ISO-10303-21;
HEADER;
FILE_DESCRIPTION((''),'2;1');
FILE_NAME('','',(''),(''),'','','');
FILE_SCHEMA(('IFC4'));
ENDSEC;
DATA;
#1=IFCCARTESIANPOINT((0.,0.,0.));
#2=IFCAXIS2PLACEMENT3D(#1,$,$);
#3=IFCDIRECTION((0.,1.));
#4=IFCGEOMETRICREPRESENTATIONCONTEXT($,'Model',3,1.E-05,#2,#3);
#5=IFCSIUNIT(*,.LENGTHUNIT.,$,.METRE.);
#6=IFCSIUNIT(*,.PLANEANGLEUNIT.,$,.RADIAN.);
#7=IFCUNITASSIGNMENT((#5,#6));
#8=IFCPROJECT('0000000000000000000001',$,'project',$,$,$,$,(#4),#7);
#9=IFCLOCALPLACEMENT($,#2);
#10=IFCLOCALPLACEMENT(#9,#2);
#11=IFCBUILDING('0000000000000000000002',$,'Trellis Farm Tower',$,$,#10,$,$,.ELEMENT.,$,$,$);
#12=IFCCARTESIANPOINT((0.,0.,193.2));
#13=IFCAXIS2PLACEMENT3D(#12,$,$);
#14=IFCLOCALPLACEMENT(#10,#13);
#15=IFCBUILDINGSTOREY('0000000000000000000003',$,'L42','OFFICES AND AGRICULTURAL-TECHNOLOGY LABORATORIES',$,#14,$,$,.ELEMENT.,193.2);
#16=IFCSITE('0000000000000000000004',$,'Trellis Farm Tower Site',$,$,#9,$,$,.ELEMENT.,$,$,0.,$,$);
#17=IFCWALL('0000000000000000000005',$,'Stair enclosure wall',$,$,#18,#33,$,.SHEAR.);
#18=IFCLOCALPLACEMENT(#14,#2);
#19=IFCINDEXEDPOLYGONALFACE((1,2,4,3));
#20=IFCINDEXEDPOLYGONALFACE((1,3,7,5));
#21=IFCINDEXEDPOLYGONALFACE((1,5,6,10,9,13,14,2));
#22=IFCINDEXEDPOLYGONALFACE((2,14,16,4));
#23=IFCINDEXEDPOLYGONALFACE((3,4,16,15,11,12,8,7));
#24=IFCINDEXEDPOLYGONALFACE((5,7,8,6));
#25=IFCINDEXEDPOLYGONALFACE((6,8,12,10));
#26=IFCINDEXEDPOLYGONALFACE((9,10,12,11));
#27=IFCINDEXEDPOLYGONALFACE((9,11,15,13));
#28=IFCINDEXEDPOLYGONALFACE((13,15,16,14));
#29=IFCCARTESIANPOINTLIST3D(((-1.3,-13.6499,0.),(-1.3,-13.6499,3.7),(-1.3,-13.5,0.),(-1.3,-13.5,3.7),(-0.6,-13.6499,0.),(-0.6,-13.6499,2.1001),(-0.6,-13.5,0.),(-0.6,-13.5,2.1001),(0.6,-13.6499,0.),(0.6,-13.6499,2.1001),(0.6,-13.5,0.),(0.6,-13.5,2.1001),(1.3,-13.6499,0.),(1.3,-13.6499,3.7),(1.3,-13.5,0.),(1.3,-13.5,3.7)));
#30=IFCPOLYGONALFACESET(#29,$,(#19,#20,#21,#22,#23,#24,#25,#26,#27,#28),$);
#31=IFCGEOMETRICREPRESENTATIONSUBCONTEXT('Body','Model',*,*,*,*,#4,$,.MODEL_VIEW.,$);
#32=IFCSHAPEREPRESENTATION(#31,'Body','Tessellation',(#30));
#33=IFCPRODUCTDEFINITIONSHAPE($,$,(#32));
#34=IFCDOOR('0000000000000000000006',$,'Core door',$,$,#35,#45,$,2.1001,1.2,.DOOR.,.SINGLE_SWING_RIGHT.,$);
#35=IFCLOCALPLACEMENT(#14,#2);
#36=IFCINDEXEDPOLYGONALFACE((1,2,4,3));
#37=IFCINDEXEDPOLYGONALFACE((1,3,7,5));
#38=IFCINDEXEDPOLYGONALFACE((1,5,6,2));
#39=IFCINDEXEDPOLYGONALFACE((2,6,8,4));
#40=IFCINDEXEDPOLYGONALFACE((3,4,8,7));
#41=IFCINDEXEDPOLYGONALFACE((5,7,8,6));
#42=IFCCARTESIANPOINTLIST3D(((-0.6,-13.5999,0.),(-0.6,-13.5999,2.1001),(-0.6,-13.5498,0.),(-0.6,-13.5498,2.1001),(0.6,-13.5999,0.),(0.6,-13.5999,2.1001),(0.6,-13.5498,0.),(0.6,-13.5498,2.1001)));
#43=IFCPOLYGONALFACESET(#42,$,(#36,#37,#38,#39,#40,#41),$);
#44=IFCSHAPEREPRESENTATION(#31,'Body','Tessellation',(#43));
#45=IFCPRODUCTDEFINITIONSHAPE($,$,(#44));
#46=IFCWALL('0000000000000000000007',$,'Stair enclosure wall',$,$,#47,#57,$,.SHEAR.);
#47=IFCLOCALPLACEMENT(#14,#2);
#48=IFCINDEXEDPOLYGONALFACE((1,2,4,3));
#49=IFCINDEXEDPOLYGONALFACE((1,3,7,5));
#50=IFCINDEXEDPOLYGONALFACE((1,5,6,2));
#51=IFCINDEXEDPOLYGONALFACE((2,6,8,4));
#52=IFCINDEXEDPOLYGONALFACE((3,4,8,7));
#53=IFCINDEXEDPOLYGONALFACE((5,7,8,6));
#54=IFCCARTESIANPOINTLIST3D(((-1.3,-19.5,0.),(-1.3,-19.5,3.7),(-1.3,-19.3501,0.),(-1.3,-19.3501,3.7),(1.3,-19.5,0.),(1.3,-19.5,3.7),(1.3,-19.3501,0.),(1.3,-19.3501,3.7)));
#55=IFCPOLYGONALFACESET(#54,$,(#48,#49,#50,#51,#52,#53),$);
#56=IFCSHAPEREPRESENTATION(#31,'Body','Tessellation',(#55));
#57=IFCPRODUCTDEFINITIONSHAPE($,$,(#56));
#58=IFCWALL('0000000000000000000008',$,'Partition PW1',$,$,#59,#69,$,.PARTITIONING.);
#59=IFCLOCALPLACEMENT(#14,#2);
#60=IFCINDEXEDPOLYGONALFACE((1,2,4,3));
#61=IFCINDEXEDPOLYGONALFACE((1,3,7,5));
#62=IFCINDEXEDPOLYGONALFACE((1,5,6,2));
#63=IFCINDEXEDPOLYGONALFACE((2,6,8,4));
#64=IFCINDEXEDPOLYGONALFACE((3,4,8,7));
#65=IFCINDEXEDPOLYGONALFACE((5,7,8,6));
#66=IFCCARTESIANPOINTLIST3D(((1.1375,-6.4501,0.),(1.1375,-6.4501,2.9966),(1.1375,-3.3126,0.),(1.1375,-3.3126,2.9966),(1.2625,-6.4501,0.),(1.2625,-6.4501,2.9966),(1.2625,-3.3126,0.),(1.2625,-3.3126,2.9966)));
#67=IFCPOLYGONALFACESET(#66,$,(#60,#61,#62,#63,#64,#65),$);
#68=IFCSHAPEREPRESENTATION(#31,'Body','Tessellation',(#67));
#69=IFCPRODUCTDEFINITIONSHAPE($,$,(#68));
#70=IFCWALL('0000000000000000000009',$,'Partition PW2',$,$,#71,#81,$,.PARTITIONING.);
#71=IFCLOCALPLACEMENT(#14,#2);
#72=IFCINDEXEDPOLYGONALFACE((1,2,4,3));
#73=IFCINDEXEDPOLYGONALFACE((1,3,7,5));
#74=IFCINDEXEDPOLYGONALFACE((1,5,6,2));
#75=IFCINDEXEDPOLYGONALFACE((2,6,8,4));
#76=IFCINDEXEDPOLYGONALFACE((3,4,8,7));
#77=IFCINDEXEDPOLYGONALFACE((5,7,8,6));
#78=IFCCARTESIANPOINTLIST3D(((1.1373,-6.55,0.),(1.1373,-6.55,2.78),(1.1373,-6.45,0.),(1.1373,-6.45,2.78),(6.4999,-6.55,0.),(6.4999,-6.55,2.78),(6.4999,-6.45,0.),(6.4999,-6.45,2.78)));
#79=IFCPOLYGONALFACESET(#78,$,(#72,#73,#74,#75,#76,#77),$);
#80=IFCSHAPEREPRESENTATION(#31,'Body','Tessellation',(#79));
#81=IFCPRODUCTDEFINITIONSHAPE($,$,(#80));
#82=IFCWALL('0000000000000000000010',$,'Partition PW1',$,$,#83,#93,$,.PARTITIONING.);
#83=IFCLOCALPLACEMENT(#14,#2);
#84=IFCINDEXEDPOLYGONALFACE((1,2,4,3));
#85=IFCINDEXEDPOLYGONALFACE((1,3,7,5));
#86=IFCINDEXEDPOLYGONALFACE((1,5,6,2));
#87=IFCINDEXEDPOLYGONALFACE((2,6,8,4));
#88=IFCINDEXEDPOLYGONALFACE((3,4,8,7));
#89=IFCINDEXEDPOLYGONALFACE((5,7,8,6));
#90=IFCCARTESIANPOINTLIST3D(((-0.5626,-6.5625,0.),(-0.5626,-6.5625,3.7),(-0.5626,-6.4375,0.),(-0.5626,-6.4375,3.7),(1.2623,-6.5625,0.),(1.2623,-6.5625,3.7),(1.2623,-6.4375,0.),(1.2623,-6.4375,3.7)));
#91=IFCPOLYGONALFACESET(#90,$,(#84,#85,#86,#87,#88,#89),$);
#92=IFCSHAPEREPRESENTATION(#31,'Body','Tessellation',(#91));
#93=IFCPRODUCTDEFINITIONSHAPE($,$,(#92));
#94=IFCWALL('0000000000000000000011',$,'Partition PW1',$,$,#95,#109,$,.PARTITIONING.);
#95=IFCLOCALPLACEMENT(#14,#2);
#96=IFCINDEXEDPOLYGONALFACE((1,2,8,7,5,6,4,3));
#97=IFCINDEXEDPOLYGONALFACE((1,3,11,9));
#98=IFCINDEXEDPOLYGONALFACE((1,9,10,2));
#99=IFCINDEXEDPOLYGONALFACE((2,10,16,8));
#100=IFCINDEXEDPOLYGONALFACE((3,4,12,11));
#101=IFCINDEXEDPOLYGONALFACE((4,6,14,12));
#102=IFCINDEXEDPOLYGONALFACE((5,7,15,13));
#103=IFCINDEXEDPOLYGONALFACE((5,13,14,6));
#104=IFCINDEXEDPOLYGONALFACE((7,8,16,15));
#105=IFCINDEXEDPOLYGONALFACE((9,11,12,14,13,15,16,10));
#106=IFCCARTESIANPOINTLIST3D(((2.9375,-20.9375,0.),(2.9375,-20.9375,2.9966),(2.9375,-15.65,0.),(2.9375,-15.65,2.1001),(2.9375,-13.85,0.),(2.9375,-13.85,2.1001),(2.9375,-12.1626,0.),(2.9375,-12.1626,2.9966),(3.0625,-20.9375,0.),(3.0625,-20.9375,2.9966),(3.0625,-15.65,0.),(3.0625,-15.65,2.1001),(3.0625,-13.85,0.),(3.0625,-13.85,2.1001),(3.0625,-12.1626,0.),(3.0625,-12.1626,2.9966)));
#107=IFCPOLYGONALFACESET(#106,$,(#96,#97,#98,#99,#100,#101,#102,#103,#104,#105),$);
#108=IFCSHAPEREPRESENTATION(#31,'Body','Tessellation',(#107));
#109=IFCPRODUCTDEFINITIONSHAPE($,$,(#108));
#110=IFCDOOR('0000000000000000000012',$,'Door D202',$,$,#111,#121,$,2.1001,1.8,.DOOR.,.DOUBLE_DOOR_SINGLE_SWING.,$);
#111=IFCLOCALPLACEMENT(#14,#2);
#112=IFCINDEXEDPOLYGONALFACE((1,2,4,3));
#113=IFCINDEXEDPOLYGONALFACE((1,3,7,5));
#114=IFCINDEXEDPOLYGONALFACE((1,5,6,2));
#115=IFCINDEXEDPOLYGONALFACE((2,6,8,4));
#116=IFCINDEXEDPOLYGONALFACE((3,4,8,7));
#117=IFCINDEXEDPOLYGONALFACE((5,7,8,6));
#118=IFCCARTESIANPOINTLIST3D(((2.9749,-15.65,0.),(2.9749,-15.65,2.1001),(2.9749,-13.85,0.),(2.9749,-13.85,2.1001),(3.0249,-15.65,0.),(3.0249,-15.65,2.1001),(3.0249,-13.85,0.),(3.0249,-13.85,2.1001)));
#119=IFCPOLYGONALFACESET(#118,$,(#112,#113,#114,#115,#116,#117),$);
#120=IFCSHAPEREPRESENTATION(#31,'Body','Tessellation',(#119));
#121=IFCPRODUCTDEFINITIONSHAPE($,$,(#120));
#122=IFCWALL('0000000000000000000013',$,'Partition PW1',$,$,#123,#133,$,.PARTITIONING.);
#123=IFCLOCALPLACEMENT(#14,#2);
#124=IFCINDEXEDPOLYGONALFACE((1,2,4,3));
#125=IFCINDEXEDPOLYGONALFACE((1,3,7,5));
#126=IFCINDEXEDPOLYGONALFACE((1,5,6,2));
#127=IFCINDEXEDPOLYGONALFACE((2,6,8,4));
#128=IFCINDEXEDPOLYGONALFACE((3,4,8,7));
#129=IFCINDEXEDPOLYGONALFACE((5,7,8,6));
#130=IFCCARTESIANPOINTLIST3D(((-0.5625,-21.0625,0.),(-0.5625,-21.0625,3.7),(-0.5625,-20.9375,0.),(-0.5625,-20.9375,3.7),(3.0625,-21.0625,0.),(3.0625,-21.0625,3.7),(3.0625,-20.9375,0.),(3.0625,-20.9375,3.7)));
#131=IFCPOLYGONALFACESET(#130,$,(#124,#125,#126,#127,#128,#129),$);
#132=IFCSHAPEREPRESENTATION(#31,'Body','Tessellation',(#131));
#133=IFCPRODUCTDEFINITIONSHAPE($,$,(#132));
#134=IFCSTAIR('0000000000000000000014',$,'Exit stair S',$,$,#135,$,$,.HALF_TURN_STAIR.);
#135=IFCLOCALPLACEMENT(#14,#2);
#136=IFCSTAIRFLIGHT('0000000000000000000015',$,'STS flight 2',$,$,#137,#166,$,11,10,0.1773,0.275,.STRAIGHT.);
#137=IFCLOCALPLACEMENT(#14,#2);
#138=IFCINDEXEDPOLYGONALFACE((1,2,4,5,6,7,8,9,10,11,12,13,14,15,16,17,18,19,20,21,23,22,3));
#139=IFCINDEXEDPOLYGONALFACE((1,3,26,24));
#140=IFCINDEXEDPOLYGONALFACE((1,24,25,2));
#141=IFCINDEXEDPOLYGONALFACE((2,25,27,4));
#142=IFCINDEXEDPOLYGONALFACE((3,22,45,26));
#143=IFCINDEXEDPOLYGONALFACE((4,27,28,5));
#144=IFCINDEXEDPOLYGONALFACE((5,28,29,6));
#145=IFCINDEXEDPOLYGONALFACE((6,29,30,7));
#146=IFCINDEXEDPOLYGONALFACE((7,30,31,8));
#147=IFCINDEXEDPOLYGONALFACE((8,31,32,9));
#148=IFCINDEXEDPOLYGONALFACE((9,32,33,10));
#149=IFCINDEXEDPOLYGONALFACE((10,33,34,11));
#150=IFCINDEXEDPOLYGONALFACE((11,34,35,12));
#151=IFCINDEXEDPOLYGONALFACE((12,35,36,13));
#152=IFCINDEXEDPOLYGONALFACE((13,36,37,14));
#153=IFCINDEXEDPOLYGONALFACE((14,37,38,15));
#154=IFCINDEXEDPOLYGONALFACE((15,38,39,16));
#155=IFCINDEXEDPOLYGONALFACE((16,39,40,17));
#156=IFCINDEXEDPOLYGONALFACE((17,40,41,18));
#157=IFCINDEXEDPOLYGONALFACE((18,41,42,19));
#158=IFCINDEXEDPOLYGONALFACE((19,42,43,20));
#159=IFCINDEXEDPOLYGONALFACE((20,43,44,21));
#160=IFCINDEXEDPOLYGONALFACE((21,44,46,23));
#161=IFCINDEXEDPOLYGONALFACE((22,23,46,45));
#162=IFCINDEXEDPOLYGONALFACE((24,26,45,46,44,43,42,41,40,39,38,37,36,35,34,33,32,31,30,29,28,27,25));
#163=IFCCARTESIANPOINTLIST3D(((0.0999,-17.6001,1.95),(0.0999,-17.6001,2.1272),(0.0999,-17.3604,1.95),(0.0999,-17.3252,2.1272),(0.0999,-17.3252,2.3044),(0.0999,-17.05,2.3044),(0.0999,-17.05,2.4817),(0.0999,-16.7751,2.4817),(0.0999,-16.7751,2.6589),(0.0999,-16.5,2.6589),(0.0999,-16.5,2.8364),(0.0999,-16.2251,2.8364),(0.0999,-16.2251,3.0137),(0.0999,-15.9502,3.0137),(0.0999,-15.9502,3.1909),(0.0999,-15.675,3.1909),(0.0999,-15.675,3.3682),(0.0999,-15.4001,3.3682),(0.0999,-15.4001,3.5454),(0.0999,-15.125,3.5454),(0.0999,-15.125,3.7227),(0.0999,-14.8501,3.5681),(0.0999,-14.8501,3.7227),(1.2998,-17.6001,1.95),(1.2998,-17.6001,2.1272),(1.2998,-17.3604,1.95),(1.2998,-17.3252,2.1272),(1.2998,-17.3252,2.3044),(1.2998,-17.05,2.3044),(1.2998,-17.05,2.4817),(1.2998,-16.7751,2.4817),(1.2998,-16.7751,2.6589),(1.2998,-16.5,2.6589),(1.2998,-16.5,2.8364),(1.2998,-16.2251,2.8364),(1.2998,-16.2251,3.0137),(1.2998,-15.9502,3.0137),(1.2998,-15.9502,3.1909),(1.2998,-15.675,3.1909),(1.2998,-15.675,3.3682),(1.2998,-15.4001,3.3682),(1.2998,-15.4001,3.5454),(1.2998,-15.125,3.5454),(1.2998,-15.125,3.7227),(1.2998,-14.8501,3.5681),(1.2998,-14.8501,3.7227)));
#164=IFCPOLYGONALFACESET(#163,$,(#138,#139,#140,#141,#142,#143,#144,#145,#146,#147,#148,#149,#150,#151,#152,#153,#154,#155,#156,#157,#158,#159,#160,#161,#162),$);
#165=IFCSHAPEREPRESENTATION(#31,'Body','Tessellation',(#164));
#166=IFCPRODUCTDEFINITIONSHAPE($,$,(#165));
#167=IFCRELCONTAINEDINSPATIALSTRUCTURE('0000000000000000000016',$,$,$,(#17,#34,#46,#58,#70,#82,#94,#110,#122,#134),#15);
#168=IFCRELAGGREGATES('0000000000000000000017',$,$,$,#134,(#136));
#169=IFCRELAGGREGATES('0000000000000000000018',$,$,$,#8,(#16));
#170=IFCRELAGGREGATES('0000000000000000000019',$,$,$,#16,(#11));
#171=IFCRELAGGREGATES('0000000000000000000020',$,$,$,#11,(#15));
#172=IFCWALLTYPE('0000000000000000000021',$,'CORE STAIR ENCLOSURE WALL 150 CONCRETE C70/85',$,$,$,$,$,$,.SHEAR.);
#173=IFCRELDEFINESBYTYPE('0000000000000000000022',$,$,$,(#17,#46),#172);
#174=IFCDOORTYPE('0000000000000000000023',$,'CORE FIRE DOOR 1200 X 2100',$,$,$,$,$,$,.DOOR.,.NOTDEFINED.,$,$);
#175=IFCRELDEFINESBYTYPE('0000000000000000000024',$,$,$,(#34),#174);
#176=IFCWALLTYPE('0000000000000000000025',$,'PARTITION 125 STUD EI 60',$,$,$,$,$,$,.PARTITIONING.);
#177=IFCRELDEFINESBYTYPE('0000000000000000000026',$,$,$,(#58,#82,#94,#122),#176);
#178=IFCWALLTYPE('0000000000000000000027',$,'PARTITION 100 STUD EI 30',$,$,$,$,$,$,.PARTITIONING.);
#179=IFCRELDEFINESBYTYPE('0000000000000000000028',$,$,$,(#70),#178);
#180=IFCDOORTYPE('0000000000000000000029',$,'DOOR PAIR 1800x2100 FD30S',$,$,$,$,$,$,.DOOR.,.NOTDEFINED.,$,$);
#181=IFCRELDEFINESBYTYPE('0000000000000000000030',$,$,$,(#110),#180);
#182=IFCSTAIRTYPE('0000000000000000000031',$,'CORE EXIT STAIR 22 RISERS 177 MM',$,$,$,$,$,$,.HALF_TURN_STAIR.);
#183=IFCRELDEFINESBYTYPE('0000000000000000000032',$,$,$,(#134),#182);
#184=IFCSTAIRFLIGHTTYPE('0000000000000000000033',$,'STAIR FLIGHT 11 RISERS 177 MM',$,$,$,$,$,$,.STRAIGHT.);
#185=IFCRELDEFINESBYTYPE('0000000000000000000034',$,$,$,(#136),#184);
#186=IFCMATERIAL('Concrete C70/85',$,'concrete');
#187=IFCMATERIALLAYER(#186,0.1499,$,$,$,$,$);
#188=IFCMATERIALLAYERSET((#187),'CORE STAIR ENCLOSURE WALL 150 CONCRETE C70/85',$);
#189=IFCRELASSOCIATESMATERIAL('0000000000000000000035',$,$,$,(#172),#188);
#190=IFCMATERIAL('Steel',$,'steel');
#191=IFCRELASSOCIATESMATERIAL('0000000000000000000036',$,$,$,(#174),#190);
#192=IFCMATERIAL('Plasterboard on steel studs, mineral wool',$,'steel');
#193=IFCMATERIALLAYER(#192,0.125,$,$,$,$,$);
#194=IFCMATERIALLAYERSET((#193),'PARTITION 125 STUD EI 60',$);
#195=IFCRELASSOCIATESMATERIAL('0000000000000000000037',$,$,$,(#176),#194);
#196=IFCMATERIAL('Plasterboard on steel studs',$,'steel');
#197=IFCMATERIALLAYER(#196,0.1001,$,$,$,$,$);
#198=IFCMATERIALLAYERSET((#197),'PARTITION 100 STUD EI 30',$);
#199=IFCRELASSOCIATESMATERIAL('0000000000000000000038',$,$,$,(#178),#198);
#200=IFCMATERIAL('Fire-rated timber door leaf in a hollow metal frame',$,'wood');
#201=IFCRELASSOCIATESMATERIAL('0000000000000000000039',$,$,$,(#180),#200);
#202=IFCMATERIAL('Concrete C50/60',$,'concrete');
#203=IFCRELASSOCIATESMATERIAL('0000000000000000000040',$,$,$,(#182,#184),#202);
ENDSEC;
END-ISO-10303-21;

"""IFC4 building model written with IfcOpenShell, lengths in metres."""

from ifc_helpers import new_model, si_unit, direction, frame, frame_2d, origin, place, context, subcontext, project, spatial, polyline, rectangle, outline, extrude, source, transform, mapped, material, layer, layer_set, type_object, element, fill, aggregate, save


model = new_model("IFC4")

# Units and contexts
model_context = context("Model", 3, precision=1e-05, world=origin(), true_north=direction((0.0, 1.0)))
body_context = subcontext(model_context, "Body", "Model", "MODEL_VIEW")
ifc_project = project(units=[si_unit("LENGTHUNIT", "METRE"), si_unit("PLANEANGLEUNIT", "RADIAN")], contexts=[model_context])

# Site, building, storey
site_placement = place(None, origin())
site = spatial("IfcSite", under=ifc_project, at=site_placement, Name="Trellis Farm Tower Site", CompositionType="ELEMENT", RefElevation=0.0)
building_placement = place(site_placement, origin())
building = spatial("IfcBuilding", under=site, at=building_placement, Name="Trellis Farm Tower", CompositionType="ELEMENT")
storey_placement = place(building_placement, frame((0.0, 0.0, 193.2)))
storey = spatial("IfcBuildingStorey", under=building, at=storey_placement, Name="L42", Description="OFFICES AND AGRICULTURAL-TECHNOLOGY LABORATORIES", CompositionType="ELEMENT", Elevation=193.2)

# Shared definitions
ifc_material_1 = material(Name="Concrete C70/85", Category="concrete")

# Shared definitions
placement_1 = place(storey_placement, origin())

# Wall, opening, door
ifc_layer_1 = layer(ifc_material_1, 0.1499)
ifc_layer_set_1 = layer_set([ifc_layer_1], Name="CORE STAIR ENCLOSURE WALL 150 CONCRETE C70/85")
wall_type_1 = type_object("IfcWallType", Name="CORE STAIR ENCLOSURE WALL 150 CONCRETE C70/85", PredefinedType="SHEAR", material=ifc_layer_set_1)
shared_shape_1 = source(origin(), body_context, "Body", "SweptSolid", [
    extrude(rectangle(XDim=2.6001, YDim=0.1499, at=frame_2d((1.3, 0.0))), origin(), (0.0, 0.0, 1.0), 3.7),
])
wall_1_placement = place(storey_placement, frame((1.3, -13.575, 0.0), z_axis=(0.0, 0.0, 1.0), x_axis=(-1.0, 0.0, 0.0)))
wall_1 = element("IfcWall", 1, at=wall_1_placement, inside=storey, type_object=wall_type_1, Name="Stair enclosure wall", PredefinedType="SHEAR", context=body_context, shape_type="MappedRepresentation", body=[
    mapped(shared_shape_1, transform((0.0, 0.0, 0.0))),
])
shared_shape_2 = source(origin(), body_context, "Body", "SweptSolid", [
    extrude(rectangle(XDim=1.2, YDim=2.1001, at=frame_2d((0.6001, 1.05))), frame((0.0, 0.085, 0.0), z_axis=(0.0, -1.0, 0.0), x_axis=(1.0, 0.0, 0.0)), (0.0, 0.0, 1.0), 0.1699),
])
opening_1_placement = place(wall_1_placement, frame((0.7, 0.0, 0.0)))
opening_1 = element("IfcOpeningElement", 2, at=opening_1_placement, cuts=wall_1, PredefinedType="OPENING", context=body_context, shape_type="MappedRepresentation", body=[
    mapped(shared_shape_2, transform((0.0, 0.0, 0.0))),
])
ifc_material_2 = material(Name="Steel", Category="steel")
door_type_1 = type_object("IfcDoorType", Name="CORE FIRE DOOR 1200 X 2100", OperationType="NOTDEFINED", PredefinedType="DOOR", material=ifc_material_2)
shared_shape_3 = source(origin(), body_context, "Body", "SweptSolid", [
    extrude(rectangle(XDim=1.2, YDim=2.1001, at=frame_2d((0.6001, 1.05))), frame((0.0, 0.0249, 0.0), z_axis=(0.0, -1.0, 0.0), x_axis=(1.0, 0.0, 0.0)), (0.0, 0.0, 1.0), 0.05),
])
door_1_placement = place(opening_1_placement, origin())
door_1 = element("IfcDoor", 3, at=door_1_placement, inside=storey, type_object=door_type_1, Name="Core door", OperationType="SINGLE_SWING_RIGHT", OverallHeight=2.1001, OverallWidth=1.2, PredefinedType="DOOR", context=body_context, shape_type="MappedRepresentation", body=[
    mapped(shared_shape_3, transform((0.0, 0.0, 0.0))),
])
fill(opening_1, door_1)

# Walls
wall_2_placement = place(storey_placement, frame((1.3, -19.425, 0.0), z_axis=(0.0, 0.0, 1.0), x_axis=(-1.0, 0.0, 0.0)))
element("IfcWall", 4, at=wall_2_placement, inside=storey, type_object=wall_type_1, Name="Stair enclosure wall", PredefinedType="SHEAR", context=body_context, shape_type="MappedRepresentation", body=[
    mapped(shared_shape_1, transform((0.0, 0.0, 0.0))),
])
ifc_material_3 = material(Name="Plasterboard on steel studs, mineral wool", Category="steel")
ifc_layer_2 = layer(ifc_material_3, 0.125)
ifc_layer_set_2 = layer_set([ifc_layer_2], Name="PARTITION 125 STUD EI 60")
wall_type_2 = type_object("IfcWallType", Name="PARTITION 125 STUD EI 60", PredefinedType="PARTITIONING", material=ifc_layer_set_2)
shared_shape_4 = source(origin(), body_context, "Body", "SweptSolid", [
    extrude(rectangle(XDim=3.1375, YDim=0.125, at=frame_2d((1.5688, 0.0))), origin(), (0.0, 0.0, 1.0), 2.9966),
])
wall_3_placement = place(storey_placement, frame((1.2, -3.3125, 0.0), z_axis=(0.0, 0.0, 1.0), x_axis=(0.0, -1.0, 0.0)))
element("IfcWall", 5, at=wall_3_placement, inside=storey, type_object=wall_type_2, Name="Partition PW1", PredefinedType="PARTITIONING", context=body_context, shape_type="MappedRepresentation", body=[
    mapped(shared_shape_4, transform((0.0, 0.0, 0.0))),
])
ifc_material_4 = material(Name="Plasterboard on steel studs", Category="steel")
ifc_layer_3 = layer(ifc_material_4, 0.1001)
ifc_layer_set_3 = layer_set([ifc_layer_3], Name="PARTITION 100 STUD EI 30")
wall_type_3 = type_object("IfcWallType", Name="PARTITION 100 STUD EI 30", PredefinedType="PARTITIONING", material=ifc_layer_set_3)
shared_shape_5 = source(origin(), body_context, "Body", "SweptSolid", [
    extrude(rectangle(XDim=5.3625, YDim=0.1001, at=frame_2d((2.6812, 0.0))), origin(), (0.0, 0.0, 1.0), 2.78),
])
wall_4_placement = place(storey_placement, frame((1.1375, -6.5, 0.0), z_axis=(0.0, 0.0, 1.0), x_axis=(1.0, 0.0, 0.0)))
element("IfcWall", 6, at=wall_4_placement, inside=storey, type_object=wall_type_3, Name="Partition PW2", PredefinedType="PARTITIONING", context=body_context, shape_type="MappedRepresentation", body=[
    mapped(shared_shape_5, transform((0.0, 0.0, 0.0))),
])
shared_shape_6 = source(origin(), body_context, "Body", "SweptSolid", [
    extrude(rectangle(XDim=1.825, YDim=0.125, at=frame_2d((0.9126, 0.0))), origin(), (0.0, 0.0, 1.0), 3.7),
])
wall_5_placement = place(storey_placement, frame((1.2625, -6.5, 0.0), z_axis=(0.0, 0.0, 1.0), x_axis=(-1.0, 0.0, 0.0)))
element("IfcWall", 7, at=wall_5_placement, inside=storey, type_object=wall_type_2, Name="Partition PW1", PredefinedType="PARTITIONING", context=body_context, shape_type="MappedRepresentation", body=[
    mapped(shared_shape_6, transform((0.0, 0.0, 0.0))),
])

# Wall, opening, door
shared_shape_7 = source(origin(), body_context, "Body", "SweptSolid", [
    extrude(rectangle(XDim=8.7749, YDim=0.125, at=frame_2d((4.3875, 0.0))), origin(), (0.0, 0.0, 1.0), 2.9966),
])
wall_6_placement = place(storey_placement, frame((3.0, -12.1626, 0.0), z_axis=(0.0, 0.0, 1.0), x_axis=(0.0, -1.0, 0.0)))
wall_6 = element("IfcWall", 8, at=wall_6_placement, inside=storey, type_object=wall_type_2, Name="Partition PW1", PredefinedType="PARTITIONING", context=body_context, shape_type="MappedRepresentation", body=[
    mapped(shared_shape_7, transform((0.0, 0.0, 0.0))),
])
shared_shape_8 = source(origin(), body_context, "Body", "SweptSolid", [
    extrude(rectangle(XDim=1.8, YDim=2.1001, at=frame_2d((0.8999, 1.05))), frame((0.0, 0.0725, 0.0), z_axis=(0.0, -1.0, 0.0), x_axis=(1.0, 0.0, 0.0)), (0.0, 0.0, 1.0), 0.145),
])
opening_2_placement = place(wall_6_placement, frame((1.6875, 0.0, 0.0)))
opening_2 = element("IfcOpeningElement", 9, at=opening_2_placement, cuts=wall_6, PredefinedType="OPENING", context=body_context, shape_type="MappedRepresentation", body=[
    mapped(shared_shape_8, transform((0.0, 0.0, 0.0))),
])
ifc_material_5 = material(Name="Fire-rated timber door leaf in a hollow metal frame", Category="wood")
door_type_2 = type_object("IfcDoorType", Name="DOOR PAIR 1800x2100 FD30S", OperationType="NOTDEFINED", PredefinedType="DOOR", material=ifc_material_5)
shared_shape_9 = source(origin(), body_context, "Body", "SweptSolid", [
    extrude(rectangle(XDim=1.8, YDim=2.1001, at=frame_2d((0.8999, 1.05))), frame((0.0, 0.0249, 0.0), z_axis=(0.0, -1.0, 0.0), x_axis=(1.0, 0.0, 0.0)), (0.0, 0.0, 1.0), 0.05),
])
door_2_placement = place(opening_2_placement, origin())
door_2 = element("IfcDoor", 10, at=door_2_placement, inside=storey, type_object=door_type_2, Name="Door D202", OperationType="DOUBLE_DOOR_SINGLE_SWING", OverallHeight=2.1001, OverallWidth=1.8, PredefinedType="DOOR", context=body_context, shape_type="MappedRepresentation", body=[
    mapped(shared_shape_9, transform((0.0, 0.0, 0.0))),
])
fill(opening_2, door_2)

# Wall
shared_shape_10 = source(origin(), body_context, "Body", "SweptSolid", [
    extrude(rectangle(XDim=3.625, YDim=0.125, at=frame_2d((1.8125, 0.0))), origin(), (0.0, 0.0, 1.0), 3.7),
])
wall_7_placement = place(storey_placement, frame((3.0625, -21.0, 0.0), z_axis=(0.0, 0.0, 1.0), x_axis=(-1.0, 0.0, 0.0)))
element("IfcWall", 11, at=wall_7_placement, inside=storey, type_object=wall_type_2, Name="Partition PW1", PredefinedType="PARTITIONING", context=body_context, shape_type="MappedRepresentation", body=[
    mapped(shared_shape_10, transform((0.0, 0.0, 0.0))),
])

# Stair, stair flight
ifc_material_6 = material(Name="Concrete C50/60", Category="concrete")
stair_type = type_object("IfcStairType", Name="CORE EXIT STAIR 22 RISERS 177 MM", PredefinedType="HALF_TURN_STAIR", material=ifc_material_6)
stair = element("IfcStair", 12, at=placement_1, inside=storey, type_object=stair_type, Name="Exit stair S", PredefinedType="HALF_TURN_STAIR")
stair_flight_type = type_object("IfcStairFlightType", Name="STAIR FLIGHT 11 RISERS 177 MM", PredefinedType="STRAIGHT", material=ifc_material_6)
shared_shape_11 = source(origin(), body_context, "Body", "SweptSolid", [
    extrude(outline(polyline([(0.0, 0.0), (0.0, 0.1772), (0.2749, 0.1772), (0.2749, 0.3545), (0.55, 0.3545), (0.55, 0.5317), (0.825, 0.5317), (0.825, 0.709), (1.1001, 0.709), (1.1001, 0.8865), (1.375, 0.8865), (1.375, 1.0637), (1.6499, 1.0637), (1.6499, 1.241), (1.925, 1.241), (1.925, 1.4182), (2.2, 1.4182), (2.2, 1.5955), (2.4751, 1.5955), (2.4751, 1.7727), (2.75, 1.7727), (2.75, 1.95), (2.75, 1.6182), (0.2397, 0.0), (0.0, 0.0)])), frame((0.0, 0.6001, 0.0), z_axis=(0.0, -1.0, 0.0), x_axis=(1.0, 0.0, 0.0)), (0.0, 0.0, 1.0), 1.2),
])
stair_flight_placement = place(storey_placement, frame((0.7, -17.6001, 1.95), z_axis=(0.0, 0.0, 1.0), x_axis=(0.0, 1.0, 0.0)))
stair_flight = element("IfcStairFlight", 13, at=stair_flight_placement, type_object=stair_flight_type, Name="STS flight 2", NumberOfRisers=11, NumberOfTreads=10, PredefinedType="STRAIGHT", RiserHeight=0.1773, TreadLength=0.275, context=body_context, shape_type="MappedRepresentation", body=[
    mapped(shared_shape_11, transform((0.0, 0.0, 0.0))),
])
aggregate(stair, [stair_flight])

save(model, "model.ifc")
